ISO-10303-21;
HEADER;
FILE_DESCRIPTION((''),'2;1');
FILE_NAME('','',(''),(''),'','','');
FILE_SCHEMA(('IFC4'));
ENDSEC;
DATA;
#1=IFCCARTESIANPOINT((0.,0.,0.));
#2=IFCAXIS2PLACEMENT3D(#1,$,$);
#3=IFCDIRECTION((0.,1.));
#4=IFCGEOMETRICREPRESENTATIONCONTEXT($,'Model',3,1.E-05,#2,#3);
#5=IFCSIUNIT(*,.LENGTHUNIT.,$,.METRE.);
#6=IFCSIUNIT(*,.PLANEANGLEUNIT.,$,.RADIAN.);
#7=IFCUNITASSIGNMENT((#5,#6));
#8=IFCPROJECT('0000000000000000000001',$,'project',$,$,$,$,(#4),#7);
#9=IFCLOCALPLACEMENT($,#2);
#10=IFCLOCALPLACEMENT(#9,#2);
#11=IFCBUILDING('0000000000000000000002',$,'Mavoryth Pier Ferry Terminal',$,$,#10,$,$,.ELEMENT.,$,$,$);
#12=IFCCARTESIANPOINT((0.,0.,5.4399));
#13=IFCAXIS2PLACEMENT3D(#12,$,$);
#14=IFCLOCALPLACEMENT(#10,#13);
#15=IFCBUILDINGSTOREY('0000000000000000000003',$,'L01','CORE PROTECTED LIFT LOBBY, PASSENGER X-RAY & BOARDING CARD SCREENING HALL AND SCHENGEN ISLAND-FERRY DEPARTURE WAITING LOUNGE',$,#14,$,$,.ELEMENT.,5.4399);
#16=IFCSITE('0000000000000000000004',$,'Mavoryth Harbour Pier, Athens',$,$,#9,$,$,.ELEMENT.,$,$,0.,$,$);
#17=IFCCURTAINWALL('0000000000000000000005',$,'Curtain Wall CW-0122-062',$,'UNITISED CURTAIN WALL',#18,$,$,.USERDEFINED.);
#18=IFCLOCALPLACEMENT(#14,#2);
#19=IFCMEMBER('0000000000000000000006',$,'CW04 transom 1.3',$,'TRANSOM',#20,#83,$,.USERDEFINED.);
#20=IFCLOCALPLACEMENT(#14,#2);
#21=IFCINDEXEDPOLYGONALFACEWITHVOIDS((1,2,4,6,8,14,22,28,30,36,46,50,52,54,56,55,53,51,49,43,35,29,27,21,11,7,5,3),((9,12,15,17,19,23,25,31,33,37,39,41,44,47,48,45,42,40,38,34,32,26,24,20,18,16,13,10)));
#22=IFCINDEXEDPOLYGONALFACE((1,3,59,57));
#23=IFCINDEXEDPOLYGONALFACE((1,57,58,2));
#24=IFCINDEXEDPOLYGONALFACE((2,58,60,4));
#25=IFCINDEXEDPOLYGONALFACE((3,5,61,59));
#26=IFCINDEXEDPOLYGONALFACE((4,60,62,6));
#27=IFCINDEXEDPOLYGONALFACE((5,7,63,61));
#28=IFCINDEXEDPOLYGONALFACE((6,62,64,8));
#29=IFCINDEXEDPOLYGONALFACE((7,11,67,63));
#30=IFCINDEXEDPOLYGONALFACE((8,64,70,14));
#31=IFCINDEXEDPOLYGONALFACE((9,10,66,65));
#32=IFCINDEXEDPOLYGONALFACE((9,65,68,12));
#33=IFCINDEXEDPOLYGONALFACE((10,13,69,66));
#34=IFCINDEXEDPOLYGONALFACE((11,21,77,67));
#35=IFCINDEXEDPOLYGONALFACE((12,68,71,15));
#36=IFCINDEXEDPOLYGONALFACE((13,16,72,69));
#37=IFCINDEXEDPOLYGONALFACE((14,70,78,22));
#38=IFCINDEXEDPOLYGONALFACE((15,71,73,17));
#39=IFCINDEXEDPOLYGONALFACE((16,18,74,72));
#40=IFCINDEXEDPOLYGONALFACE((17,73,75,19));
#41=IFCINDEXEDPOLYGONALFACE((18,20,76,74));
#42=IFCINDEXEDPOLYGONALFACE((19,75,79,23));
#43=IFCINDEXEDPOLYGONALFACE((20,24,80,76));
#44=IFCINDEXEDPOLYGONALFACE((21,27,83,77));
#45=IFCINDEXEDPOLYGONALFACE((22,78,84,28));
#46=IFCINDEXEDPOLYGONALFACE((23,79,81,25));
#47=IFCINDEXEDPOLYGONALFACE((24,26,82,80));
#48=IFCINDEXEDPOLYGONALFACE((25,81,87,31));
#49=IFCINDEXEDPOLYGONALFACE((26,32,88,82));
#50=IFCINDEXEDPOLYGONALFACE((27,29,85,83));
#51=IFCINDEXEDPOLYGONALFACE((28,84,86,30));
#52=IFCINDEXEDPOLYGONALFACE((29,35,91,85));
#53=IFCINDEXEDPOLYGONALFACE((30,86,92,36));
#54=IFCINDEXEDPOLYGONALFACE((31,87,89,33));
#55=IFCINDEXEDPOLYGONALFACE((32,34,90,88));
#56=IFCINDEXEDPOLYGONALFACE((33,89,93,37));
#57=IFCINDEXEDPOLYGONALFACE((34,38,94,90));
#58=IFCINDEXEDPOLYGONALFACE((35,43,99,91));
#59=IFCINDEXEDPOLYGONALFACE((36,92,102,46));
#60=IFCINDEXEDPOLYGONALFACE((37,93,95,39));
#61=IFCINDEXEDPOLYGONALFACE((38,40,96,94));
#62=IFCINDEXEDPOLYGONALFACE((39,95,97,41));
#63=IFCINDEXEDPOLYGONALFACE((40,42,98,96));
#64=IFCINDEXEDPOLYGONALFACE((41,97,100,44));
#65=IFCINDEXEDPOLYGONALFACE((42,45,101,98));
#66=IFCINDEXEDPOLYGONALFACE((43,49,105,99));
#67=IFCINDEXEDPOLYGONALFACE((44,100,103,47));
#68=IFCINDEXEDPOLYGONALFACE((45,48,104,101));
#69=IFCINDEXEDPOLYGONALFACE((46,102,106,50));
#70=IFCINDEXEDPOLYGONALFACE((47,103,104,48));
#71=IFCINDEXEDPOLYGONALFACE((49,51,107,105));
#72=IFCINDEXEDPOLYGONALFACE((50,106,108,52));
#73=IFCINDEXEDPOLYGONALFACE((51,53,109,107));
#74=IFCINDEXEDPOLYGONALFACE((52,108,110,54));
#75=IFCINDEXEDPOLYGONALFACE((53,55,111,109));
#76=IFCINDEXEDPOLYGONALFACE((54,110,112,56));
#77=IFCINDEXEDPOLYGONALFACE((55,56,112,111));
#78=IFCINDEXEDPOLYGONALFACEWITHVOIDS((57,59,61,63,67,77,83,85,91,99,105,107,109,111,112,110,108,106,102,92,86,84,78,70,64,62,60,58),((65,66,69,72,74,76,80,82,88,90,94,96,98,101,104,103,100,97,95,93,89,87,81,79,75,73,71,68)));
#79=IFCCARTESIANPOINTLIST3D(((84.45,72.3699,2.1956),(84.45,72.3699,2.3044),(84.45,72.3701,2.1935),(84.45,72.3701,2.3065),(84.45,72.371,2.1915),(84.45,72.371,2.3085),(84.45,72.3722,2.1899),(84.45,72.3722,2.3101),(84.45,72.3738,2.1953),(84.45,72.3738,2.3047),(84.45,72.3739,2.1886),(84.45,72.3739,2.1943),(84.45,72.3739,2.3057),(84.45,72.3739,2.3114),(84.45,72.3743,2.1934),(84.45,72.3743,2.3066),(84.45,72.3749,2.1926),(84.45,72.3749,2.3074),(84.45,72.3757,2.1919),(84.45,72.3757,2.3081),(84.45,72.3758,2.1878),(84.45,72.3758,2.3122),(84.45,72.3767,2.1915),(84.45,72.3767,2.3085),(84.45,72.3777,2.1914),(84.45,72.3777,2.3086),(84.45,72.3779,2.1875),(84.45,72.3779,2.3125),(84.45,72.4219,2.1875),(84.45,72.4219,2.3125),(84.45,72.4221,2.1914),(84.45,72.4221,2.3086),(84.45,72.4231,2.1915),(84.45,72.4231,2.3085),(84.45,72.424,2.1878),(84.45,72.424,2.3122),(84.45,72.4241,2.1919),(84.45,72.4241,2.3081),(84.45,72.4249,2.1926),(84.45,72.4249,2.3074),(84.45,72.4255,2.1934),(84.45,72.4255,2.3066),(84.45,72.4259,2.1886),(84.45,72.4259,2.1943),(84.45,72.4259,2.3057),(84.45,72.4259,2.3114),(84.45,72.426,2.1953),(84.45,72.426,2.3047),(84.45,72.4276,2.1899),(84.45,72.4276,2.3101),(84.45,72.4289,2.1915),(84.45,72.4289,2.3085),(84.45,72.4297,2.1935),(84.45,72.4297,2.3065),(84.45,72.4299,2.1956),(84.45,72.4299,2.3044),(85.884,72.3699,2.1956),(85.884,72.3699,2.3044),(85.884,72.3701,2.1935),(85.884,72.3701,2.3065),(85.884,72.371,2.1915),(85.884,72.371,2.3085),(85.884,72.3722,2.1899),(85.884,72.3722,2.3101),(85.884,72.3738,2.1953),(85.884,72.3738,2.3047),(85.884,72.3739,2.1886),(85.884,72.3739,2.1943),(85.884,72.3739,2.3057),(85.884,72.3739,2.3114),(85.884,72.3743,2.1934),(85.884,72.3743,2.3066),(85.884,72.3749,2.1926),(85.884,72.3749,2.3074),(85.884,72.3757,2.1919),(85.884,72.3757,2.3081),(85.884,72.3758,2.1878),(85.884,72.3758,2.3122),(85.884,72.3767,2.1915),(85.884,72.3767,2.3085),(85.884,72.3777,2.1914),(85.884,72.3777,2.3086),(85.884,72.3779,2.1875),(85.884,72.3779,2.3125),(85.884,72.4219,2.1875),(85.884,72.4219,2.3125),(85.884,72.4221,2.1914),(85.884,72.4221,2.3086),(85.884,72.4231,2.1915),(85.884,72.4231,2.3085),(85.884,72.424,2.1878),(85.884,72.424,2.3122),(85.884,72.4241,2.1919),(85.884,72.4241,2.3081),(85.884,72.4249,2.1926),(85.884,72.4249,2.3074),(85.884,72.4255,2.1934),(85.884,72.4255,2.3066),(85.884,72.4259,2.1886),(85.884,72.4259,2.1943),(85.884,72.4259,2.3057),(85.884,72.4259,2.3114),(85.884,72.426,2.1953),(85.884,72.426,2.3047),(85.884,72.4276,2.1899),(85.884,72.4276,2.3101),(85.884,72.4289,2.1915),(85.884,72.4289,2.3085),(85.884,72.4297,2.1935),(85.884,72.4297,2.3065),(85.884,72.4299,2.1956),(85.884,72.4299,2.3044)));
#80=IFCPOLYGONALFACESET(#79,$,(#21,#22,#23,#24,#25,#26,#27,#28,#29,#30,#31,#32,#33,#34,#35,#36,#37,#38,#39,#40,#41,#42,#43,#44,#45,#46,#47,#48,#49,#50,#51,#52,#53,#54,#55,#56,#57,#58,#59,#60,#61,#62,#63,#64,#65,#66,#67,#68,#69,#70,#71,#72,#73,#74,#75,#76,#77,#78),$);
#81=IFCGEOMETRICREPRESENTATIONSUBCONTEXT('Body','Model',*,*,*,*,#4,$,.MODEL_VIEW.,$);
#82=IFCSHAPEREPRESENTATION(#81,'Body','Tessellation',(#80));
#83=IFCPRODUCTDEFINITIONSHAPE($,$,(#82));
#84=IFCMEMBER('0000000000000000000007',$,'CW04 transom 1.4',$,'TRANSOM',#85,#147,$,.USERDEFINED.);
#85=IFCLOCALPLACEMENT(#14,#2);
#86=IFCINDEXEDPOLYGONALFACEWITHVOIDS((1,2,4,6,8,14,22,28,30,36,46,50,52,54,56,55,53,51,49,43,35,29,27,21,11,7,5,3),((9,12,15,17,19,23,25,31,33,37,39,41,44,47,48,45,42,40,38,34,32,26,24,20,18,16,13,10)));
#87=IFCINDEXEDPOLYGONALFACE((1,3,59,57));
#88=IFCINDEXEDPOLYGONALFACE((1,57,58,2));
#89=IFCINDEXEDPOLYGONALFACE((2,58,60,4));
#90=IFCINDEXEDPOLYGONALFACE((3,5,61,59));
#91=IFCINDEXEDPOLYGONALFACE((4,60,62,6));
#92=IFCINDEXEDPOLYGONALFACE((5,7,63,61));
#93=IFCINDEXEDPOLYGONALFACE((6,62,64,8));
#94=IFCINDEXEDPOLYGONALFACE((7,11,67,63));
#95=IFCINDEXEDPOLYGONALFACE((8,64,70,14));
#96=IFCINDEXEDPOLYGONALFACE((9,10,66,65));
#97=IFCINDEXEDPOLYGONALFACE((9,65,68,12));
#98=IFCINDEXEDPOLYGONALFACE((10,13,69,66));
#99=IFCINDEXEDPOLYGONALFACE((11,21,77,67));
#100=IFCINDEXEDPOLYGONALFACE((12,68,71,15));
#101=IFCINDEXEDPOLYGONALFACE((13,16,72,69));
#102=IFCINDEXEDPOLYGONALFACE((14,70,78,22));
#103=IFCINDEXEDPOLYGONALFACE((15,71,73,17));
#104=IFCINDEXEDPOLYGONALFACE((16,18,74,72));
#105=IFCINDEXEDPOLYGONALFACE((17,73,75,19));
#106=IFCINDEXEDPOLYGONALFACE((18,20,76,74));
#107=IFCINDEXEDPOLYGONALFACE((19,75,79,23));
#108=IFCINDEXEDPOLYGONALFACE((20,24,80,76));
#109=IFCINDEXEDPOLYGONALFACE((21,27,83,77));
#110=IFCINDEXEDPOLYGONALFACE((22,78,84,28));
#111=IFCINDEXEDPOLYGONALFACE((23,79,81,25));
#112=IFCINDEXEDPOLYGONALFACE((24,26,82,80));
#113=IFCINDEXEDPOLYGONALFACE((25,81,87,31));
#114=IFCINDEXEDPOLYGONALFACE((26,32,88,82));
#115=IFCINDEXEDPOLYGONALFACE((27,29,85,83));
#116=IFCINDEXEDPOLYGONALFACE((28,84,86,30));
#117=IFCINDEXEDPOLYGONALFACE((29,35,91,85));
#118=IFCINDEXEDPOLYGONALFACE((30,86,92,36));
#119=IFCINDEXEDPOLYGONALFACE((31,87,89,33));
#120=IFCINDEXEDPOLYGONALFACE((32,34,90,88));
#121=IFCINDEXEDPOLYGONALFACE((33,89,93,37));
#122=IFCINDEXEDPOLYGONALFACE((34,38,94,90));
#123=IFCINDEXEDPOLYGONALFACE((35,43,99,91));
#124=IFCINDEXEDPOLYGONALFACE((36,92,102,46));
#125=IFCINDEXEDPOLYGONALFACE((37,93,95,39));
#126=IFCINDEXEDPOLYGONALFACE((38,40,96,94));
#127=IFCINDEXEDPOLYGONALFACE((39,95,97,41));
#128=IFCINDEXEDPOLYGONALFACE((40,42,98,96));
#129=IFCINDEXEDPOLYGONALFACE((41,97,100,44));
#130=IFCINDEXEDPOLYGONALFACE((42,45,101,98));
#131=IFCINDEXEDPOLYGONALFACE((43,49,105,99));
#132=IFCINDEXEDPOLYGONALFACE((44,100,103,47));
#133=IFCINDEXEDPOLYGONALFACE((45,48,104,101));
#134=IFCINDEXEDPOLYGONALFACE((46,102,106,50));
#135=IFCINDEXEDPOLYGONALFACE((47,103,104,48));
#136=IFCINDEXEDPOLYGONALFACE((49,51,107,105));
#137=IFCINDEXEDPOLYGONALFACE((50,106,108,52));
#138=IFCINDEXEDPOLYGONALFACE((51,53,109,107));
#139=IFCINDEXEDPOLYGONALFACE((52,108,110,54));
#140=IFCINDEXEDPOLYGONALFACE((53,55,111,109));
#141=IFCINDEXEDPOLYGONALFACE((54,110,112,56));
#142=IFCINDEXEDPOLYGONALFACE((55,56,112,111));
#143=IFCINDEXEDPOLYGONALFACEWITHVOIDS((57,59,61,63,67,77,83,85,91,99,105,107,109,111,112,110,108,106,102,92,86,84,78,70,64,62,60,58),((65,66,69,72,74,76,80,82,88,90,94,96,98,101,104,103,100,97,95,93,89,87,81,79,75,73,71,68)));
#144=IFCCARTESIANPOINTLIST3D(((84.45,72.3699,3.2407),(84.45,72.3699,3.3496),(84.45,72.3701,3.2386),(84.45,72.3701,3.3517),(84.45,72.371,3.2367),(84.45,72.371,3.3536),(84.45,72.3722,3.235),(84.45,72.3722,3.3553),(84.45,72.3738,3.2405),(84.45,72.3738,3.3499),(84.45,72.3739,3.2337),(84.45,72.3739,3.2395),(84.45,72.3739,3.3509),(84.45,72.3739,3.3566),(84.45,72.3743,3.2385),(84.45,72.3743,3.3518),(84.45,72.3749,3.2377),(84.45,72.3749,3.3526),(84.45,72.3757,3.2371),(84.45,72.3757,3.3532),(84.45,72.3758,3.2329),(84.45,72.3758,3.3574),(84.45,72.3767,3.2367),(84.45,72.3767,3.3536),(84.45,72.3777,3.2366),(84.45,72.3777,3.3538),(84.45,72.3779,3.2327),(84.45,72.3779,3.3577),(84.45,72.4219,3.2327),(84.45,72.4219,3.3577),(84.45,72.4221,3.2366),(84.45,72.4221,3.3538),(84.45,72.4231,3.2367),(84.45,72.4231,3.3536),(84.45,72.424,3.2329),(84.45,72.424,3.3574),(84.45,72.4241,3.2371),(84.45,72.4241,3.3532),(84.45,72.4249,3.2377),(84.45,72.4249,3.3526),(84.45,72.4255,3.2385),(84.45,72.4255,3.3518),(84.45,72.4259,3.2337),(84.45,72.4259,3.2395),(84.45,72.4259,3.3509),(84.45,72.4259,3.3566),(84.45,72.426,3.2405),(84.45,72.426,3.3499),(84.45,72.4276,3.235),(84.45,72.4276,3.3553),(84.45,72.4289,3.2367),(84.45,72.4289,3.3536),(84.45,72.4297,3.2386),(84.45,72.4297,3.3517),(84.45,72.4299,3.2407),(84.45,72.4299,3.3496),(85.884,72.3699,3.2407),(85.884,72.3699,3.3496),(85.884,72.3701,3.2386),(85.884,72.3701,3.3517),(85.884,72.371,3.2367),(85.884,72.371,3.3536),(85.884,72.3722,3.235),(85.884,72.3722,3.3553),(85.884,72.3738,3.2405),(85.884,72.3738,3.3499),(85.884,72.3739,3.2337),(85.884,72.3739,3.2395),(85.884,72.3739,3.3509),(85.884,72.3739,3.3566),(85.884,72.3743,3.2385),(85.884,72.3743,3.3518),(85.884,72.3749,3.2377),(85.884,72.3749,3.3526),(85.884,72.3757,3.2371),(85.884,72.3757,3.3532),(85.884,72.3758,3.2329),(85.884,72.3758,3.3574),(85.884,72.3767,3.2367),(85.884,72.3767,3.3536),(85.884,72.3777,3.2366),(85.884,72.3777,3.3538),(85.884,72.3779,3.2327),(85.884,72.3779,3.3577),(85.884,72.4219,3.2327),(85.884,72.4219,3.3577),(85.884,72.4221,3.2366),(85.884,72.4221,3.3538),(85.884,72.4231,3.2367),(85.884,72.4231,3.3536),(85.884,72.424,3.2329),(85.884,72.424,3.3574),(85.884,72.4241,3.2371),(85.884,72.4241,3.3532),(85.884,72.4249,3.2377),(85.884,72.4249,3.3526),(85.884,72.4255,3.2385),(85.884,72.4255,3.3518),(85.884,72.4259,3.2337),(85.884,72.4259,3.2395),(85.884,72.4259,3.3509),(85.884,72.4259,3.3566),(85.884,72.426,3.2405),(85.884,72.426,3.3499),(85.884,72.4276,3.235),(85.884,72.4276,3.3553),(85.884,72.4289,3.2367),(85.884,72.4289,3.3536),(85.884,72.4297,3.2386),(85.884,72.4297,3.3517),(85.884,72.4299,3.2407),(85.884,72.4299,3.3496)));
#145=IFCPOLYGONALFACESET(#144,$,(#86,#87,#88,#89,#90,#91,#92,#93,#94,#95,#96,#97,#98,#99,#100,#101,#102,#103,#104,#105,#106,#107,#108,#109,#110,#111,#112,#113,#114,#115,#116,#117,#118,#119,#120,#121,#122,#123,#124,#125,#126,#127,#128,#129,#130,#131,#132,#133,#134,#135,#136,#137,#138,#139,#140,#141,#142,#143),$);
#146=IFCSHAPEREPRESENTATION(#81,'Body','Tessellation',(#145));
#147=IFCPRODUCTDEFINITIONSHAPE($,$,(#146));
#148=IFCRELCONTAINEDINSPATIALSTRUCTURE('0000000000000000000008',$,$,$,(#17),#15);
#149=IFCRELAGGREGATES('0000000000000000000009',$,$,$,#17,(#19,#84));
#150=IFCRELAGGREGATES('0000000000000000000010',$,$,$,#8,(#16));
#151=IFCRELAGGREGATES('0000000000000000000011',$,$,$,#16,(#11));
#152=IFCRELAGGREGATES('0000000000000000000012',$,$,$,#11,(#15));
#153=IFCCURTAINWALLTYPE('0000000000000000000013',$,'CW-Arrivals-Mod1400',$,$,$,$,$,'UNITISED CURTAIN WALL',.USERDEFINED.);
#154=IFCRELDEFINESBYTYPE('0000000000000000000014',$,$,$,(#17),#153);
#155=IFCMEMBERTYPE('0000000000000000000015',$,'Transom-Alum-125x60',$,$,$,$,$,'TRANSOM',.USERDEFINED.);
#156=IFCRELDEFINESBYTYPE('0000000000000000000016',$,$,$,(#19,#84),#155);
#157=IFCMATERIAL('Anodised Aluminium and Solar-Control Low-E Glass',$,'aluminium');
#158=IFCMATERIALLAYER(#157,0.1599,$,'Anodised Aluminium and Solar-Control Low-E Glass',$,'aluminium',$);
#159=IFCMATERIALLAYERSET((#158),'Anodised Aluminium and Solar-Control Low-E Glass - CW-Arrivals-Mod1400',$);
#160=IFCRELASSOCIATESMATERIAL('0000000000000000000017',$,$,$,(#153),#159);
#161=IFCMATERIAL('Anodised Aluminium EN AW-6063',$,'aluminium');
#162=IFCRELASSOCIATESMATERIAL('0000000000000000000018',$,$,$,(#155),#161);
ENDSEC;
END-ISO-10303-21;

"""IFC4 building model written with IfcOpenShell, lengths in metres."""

from ifc_helpers import new_model, si_unit, direction, frame, origin, origin_2d, place, context, subcontext, project, spatial, hollow_rectangle, extrude, material, layer, layer_set, material_profile, profile_set, type_object, element, aggregate, save


model = new_model("IFC4")

# Units and contexts
model_context = context("Model", 3, precision=1e-05, world=origin(), true_north=direction((0.0, 1.0)))
body_context = subcontext(model_context, "Body", "Model", "MODEL_VIEW")
ifc_project = project(units=[si_unit("LENGTHUNIT", "METRE"), si_unit("PLANEANGLEUNIT", "RADIAN")], contexts=[model_context])

# Site, building, storey
site_placement = place(None, origin())
site = spatial("IfcSite", under=ifc_project, at=site_placement, Name="Mavoryth Harbour Pier, Athens", CompositionType="ELEMENT", RefElevation=0.0)
building_placement = place(site_placement, origin())
building = spatial("IfcBuilding", under=site, at=building_placement, Name="Mavoryth Pier Ferry Terminal", CompositionType="ELEMENT")
storey_placement = place(building_placement, frame((0.0, 0.0, 5.4399)))
storey = spatial("IfcBuildingStorey", under=building, at=storey_placement, Name="L01", Description="CORE PROTECTED LIFT LOBBY, PASSENGER X-RAY & BOARDING CARD SCREENING HALL AND SCHENGEN ISLAND-FERRY DEPARTURE WAITING LOUNGE", CompositionType="ELEMENT", Elevation=5.4399)

# Curtain wall
ifc_material_1 = material(Name="Anodised Aluminium and Solar-Control Low-E Glass", Category="aluminium")
ifc_layer_1 = layer(ifc_material_1, 0.1599, Name="Anodised Aluminium and Solar-Control Low-E Glass", Category="aluminium")
ifc_layer_set_1 = layer_set([ifc_layer_1], Name="Anodised Aluminium and Solar-Control Low-E Glass - CW-Arrivals-Mod1400")
curtain_wall_type = type_object("IfcCurtainWallType", Name="CW-Arrivals-Mod1400", ElementType="UNITISED CURTAIN WALL", PredefinedType="USERDEFINED", material=ifc_layer_set_1)
ifc_material_2 = material(Name="Anodised Aluminium EN AW-6063", Category="aluminium")
curtain_wall_1_placement = place(storey_placement, origin())
curtain_wall_1 = element("IfcCurtainWall", 1, at=curtain_wall_1_placement, inside=storey, type_object=curtain_wall_type, Name="Curtain Wall CW-0122-062", ObjectType="UNITISED CURTAIN WALL", PredefinedType="USERDEFINED")

# Members
ifc_material_profile_1 = material_profile(ifc_material_2, hollow_rectangle(XDim=0.0601, YDim=0.125, WallThickness=0.0039, InnerFilletRadius=0.0039, OuterFilletRadius=0.0081, at=origin_2d()), Name="AL-TRAN 125x60x4", Category="aluminium")
ifc_profile_set_1 = profile_set([ifc_material_profile_1], Name="Anodised Aluminium EN AW-6063 - AL-TRAN 125x60x4")
member_type_1 = type_object("IfcMemberType", Name="Transom-Alum-125x60", ElementType="TRANSOM", PredefinedType="USERDEFINED", material=ifc_profile_set_1)
member_1_placement = place(storey_placement, frame((84.45, 72.3999, 2.25), z_axis=(1.0, 0.0, 0.0), x_axis=(0.0, 1.0, 0.0)))
member_1 = element("IfcMember", 2, at=member_1_placement, type_object=member_type_1, Name="CW04 transom 1.3", ObjectType="TRANSOM", PredefinedType="USERDEFINED", context=body_context, shape_type="SweptSolid", body=[
    extrude(hollow_rectangle(XDim=0.0601, YDim=0.125, WallThickness=0.0039, InnerFilletRadius=0.0039, OuterFilletRadius=0.0081, at=origin_2d()), origin(), (0.0, 0.0, 1.0), 1.4341),
])
member_2_placement = place(storey_placement, frame((84.45, 72.3999, 3.2952), z_axis=(1.0, 0.0, 0.0), x_axis=(0.0, 1.0, 0.0)))
member_2 = element("IfcMember", 3, at=member_2_placement, type_object=member_type_1, Name="CW04 transom 1.4", ObjectType="TRANSOM", PredefinedType="USERDEFINED", context=body_context, shape_type="SweptSolid", body=[
    extrude(hollow_rectangle(XDim=0.0601, YDim=0.125, WallThickness=0.0039, InnerFilletRadius=0.0039, OuterFilletRadius=0.0081, at=origin_2d()), origin(), (0.0, 0.0, 1.0), 1.4341),
])

aggregate(curtain_wall_1, [member_1, member_2])

save(model, "model.ifc")
